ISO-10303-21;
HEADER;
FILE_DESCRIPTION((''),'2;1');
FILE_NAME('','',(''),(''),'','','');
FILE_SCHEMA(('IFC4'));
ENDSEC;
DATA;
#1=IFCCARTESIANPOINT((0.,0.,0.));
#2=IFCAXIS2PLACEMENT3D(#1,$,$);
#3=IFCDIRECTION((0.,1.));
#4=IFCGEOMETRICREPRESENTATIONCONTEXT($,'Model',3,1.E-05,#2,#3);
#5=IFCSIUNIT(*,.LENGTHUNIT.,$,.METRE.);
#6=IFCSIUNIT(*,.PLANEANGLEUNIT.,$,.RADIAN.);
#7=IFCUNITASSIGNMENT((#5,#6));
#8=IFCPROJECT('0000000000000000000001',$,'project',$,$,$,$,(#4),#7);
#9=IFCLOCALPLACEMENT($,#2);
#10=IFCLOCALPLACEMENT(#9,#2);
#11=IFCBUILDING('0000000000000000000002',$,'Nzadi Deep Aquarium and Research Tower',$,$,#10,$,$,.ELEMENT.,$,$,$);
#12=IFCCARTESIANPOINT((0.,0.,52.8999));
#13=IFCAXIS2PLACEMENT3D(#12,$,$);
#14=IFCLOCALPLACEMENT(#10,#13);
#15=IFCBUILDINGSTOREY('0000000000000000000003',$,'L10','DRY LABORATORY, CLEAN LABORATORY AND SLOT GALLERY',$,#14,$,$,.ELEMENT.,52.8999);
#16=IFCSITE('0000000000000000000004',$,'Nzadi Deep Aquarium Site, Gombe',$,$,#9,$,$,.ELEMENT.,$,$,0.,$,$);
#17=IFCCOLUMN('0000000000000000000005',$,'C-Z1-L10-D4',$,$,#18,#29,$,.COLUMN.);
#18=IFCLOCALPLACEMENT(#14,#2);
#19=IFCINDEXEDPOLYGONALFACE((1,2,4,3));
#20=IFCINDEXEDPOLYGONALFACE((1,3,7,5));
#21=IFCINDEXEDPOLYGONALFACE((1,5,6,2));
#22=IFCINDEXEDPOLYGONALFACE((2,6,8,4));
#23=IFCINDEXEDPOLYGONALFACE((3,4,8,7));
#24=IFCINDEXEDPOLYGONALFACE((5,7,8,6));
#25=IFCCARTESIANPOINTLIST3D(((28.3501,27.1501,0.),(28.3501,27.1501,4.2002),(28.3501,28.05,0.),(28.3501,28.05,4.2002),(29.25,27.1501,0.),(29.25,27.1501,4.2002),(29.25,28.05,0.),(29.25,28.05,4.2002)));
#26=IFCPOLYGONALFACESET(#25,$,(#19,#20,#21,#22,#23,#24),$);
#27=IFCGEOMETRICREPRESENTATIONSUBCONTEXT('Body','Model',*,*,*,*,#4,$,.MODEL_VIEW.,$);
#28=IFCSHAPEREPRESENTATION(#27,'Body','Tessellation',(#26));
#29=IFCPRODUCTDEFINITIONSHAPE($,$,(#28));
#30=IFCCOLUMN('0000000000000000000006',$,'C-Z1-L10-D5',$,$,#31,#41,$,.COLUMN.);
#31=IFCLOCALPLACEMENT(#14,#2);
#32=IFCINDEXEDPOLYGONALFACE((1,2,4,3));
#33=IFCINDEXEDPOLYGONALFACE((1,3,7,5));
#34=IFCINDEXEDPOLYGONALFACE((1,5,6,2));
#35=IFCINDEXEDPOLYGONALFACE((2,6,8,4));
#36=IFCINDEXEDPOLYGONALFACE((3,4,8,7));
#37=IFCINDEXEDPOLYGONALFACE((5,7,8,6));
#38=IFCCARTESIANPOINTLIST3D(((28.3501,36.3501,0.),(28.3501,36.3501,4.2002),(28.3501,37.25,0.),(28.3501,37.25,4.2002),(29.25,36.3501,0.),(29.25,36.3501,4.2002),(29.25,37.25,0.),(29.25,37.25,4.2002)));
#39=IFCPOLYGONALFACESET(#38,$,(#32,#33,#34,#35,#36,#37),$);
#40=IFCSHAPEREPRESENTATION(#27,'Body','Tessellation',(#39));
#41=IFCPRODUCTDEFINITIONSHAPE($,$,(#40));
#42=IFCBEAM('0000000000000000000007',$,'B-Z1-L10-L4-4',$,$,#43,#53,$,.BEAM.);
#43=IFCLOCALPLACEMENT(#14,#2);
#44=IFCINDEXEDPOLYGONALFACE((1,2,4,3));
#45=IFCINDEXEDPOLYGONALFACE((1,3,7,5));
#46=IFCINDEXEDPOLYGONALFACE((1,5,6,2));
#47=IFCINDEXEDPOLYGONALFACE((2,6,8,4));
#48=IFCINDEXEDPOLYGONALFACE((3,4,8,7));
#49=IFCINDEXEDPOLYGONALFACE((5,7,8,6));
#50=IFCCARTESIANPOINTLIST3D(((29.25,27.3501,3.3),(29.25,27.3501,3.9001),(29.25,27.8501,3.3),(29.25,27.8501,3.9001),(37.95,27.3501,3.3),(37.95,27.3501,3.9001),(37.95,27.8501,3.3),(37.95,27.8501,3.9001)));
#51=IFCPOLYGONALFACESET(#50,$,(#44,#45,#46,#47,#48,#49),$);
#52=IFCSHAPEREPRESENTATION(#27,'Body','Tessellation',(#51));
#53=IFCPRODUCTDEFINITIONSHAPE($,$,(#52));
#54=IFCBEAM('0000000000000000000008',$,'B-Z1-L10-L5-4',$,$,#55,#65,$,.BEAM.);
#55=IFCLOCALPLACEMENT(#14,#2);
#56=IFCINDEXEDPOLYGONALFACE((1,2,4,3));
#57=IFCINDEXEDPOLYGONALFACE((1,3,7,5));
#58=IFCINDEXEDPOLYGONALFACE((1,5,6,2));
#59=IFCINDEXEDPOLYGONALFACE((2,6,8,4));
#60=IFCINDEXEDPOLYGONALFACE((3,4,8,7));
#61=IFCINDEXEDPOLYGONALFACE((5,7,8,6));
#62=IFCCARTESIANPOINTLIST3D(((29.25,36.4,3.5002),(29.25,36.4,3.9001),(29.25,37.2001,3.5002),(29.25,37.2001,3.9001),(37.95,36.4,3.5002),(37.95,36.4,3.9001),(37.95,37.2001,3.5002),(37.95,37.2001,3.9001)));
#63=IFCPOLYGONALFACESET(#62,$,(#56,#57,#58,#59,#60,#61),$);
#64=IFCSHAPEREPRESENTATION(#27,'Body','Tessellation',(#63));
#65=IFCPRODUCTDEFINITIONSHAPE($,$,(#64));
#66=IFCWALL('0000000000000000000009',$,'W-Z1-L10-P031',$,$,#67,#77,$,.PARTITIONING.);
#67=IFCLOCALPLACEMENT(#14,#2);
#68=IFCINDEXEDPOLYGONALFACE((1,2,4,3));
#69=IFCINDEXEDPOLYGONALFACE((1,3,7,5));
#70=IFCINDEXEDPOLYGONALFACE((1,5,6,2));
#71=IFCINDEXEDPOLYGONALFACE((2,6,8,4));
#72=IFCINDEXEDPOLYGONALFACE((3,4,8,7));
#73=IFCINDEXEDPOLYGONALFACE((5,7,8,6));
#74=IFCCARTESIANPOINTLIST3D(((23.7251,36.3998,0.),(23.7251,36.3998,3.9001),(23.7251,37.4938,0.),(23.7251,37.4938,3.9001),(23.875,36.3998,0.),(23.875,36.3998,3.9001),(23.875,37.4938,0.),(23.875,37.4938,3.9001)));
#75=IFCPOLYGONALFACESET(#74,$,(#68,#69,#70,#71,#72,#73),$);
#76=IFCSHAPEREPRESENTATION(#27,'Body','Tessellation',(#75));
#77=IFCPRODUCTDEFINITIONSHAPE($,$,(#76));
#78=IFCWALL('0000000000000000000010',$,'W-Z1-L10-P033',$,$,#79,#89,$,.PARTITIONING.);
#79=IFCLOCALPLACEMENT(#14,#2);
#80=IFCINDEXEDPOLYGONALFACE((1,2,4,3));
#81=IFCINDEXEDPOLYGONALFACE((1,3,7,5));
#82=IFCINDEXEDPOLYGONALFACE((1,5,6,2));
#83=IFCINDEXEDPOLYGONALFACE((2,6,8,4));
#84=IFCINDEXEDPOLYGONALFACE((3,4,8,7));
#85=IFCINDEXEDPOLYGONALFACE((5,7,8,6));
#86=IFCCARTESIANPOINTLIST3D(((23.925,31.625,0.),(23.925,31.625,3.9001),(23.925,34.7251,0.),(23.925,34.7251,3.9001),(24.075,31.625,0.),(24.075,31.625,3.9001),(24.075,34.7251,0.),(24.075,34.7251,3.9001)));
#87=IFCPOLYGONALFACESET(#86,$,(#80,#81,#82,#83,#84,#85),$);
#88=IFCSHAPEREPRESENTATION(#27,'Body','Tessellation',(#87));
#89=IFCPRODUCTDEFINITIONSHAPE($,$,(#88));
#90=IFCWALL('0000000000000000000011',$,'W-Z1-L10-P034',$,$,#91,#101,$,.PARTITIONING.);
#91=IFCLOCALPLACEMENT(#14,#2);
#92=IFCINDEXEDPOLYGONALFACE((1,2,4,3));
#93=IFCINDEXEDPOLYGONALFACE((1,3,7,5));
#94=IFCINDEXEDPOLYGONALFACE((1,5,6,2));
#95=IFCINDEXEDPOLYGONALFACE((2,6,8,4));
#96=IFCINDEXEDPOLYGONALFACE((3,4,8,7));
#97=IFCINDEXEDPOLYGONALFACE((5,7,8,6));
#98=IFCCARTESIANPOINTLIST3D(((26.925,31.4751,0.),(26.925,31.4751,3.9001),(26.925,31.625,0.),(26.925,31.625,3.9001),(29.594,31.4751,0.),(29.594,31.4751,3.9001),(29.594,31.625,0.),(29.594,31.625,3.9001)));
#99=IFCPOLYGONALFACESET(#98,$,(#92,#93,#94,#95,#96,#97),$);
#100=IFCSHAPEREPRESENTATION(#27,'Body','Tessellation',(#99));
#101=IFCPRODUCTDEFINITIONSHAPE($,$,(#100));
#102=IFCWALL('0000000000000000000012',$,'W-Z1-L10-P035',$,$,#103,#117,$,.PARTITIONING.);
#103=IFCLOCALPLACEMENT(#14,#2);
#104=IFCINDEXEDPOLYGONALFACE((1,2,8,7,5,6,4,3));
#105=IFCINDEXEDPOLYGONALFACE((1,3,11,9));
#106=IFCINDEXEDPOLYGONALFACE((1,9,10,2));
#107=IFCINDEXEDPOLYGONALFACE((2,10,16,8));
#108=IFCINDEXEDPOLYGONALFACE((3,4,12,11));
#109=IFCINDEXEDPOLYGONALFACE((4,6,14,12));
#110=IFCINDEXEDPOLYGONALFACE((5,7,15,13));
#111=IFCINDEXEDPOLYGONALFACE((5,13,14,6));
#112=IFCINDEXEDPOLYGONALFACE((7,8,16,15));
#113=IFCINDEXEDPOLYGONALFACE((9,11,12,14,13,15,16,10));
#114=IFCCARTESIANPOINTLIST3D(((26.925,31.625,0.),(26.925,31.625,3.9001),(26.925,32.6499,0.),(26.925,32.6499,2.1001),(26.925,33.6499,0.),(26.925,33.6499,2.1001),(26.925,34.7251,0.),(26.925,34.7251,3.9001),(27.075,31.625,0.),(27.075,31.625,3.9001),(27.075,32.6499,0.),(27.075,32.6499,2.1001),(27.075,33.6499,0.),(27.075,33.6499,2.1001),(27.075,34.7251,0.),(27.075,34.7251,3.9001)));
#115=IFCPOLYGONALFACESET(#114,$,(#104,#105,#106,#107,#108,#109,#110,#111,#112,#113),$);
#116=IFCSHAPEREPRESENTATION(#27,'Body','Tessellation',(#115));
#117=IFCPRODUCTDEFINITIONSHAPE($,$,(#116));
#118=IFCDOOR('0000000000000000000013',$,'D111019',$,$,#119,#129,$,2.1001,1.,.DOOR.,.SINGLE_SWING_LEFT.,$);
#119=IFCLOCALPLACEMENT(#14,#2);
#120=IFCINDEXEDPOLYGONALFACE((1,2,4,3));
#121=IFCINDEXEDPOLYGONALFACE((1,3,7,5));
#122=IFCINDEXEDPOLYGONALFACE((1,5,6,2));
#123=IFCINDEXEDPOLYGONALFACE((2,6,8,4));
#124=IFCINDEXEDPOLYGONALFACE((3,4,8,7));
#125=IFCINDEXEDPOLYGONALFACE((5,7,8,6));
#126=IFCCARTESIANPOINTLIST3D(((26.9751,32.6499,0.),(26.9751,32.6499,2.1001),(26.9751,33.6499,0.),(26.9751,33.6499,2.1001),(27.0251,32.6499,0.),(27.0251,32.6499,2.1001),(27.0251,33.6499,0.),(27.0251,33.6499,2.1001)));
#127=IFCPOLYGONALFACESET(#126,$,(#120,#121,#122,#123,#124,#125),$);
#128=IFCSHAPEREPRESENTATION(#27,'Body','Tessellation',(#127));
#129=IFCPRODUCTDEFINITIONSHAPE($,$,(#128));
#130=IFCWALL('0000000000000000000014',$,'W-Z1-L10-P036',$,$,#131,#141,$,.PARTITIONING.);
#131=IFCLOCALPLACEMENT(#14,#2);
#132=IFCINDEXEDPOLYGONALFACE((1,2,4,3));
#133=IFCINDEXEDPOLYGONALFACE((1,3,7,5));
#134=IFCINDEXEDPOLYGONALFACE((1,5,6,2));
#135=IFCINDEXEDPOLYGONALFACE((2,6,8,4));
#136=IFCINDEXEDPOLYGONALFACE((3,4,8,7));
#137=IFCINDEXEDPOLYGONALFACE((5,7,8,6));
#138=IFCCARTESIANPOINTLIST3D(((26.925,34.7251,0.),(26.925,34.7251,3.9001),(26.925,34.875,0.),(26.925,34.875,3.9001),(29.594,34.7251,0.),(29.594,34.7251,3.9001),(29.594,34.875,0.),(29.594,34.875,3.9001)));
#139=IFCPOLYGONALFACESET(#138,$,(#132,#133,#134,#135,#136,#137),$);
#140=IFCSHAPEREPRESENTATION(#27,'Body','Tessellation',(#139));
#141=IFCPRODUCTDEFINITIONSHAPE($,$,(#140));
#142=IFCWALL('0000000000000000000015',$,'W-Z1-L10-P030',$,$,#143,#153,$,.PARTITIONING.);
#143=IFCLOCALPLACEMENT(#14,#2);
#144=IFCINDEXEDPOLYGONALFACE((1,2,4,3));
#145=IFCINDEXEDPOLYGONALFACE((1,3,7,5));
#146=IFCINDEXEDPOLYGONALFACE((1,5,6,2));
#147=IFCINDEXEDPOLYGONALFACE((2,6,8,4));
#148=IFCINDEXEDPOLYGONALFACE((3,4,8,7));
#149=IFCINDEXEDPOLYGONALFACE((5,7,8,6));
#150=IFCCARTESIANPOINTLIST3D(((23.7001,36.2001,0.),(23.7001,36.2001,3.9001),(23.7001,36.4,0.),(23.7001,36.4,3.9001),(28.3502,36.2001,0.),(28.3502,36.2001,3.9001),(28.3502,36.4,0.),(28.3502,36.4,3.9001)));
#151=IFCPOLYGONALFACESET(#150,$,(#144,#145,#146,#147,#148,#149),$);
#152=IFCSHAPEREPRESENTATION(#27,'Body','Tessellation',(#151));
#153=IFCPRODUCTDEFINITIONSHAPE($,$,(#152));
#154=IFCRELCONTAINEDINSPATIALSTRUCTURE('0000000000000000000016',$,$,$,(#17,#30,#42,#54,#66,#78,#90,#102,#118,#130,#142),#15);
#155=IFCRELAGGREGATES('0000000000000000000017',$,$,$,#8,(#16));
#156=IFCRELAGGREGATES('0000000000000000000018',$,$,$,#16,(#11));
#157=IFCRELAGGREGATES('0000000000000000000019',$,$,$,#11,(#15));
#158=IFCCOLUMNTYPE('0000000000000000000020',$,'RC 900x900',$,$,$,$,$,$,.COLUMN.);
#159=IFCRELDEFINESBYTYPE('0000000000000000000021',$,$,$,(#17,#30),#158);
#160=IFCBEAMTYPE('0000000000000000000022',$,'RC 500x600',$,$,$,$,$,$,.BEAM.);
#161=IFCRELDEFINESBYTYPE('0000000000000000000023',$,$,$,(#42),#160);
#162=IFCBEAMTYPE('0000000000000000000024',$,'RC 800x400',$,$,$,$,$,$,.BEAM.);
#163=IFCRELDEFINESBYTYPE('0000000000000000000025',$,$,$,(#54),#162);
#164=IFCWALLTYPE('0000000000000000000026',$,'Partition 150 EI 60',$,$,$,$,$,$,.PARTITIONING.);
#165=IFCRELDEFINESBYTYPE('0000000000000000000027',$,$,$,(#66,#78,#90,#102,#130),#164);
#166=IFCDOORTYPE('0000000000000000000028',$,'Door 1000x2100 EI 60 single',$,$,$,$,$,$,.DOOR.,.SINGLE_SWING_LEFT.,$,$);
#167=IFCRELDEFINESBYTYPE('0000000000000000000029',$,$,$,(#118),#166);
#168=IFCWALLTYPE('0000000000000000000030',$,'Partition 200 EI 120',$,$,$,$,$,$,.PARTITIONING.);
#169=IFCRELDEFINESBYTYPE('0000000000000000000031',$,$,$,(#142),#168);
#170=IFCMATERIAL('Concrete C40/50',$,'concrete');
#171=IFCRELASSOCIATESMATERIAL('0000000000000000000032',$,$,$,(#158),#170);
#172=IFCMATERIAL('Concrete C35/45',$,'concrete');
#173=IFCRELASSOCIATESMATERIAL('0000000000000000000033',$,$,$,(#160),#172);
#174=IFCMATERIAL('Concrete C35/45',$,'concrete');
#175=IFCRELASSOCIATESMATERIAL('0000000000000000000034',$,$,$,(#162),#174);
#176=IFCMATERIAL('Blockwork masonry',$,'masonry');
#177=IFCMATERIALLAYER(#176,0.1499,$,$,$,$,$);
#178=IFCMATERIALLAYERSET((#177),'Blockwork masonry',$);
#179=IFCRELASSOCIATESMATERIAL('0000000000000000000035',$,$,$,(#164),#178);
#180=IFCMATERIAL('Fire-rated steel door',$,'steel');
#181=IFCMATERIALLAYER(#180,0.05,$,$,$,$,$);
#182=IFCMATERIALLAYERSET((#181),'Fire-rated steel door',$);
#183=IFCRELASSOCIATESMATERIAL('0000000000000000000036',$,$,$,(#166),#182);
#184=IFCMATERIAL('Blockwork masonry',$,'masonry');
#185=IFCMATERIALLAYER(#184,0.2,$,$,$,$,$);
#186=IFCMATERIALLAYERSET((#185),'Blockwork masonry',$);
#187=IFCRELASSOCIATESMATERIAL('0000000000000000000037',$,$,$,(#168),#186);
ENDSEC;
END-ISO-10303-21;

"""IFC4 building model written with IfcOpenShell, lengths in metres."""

from ifc_helpers import new_model, si_unit, direction, frame, frame_2d, origin, origin_2d, place, context, subcontext, project, spatial, rectangle, extrude, material, layer, layer_set, material_profile, profile_set, type_object, element, fill, save


model = new_model("IFC4")

# Units and contexts
model_context = context("Model", 3, precision=1e-05, world=origin(), true_north=direction((0.0, 1.0)))
body_context = subcontext(model_context, "Body", "Model", "MODEL_VIEW")
ifc_project = project(units=[si_unit("LENGTHUNIT", "METRE"), si_unit("PLANEANGLEUNIT", "RADIAN")], contexts=[model_context])

# Site, building, storey
site_placement = place(None, origin())
site = spatial("IfcSite", under=ifc_project, at=site_placement, Name="Nzadi Deep Aquarium Site, Gombe", CompositionType="ELEMENT", RefElevation=0.0)
building_placement = place(site_placement, origin())
building = spatial("IfcBuilding", under=site, at=building_placement, Name="Nzadi Deep Aquarium and Research Tower", CompositionType="ELEMENT")
storey_placement = place(building_placement, frame((0.0, 0.0, 52.8999)))
storey = spatial("IfcBuildingStorey", under=building, at=storey_placement, Name="L10", Description="DRY LABORATORY, CLEAN LABORATORY AND SLOT GALLERY", CompositionType="ELEMENT", Elevation=52.8999)

# Columns
ifc_material_1 = material(Name="Concrete C40/50", Category="concrete")
ifc_material_profile_1 = material_profile(ifc_material_1, rectangle(XDim=0.8999, YDim=0.8999, at=origin_2d()))
ifc_profile_set_1 = profile_set([ifc_material_profile_1], Name="Concrete C40/50")
column_type = type_object("IfcColumnType", Name="RC 900x900", PredefinedType="COLUMN", material=ifc_profile_set_1)
for number, where, z_axis, x_axis, name in (
    (1, (28.8, 27.6001, 0.0), (0.0, 0.0, 1.0), (1.0, 0.0, 0.0), "C-Z1-L10-D4"),
    (2, (28.8, 36.8, 0.0), (0.0, 0.0, 1.0), (1.0, 0.0, 0.0), "C-Z1-L10-D5"),
):
    element("IfcColumn", number, at=place(storey_placement, frame(where, z_axis=z_axis, x_axis=x_axis)), inside=storey, type_object=column_type, Name=name, PredefinedType="COLUMN", context=body_context, shape_type="SweptSolid", body=[
        extrude(rectangle(XDim=0.8999, YDim=0.8999, at=origin_2d()), origin(), (0.0, 0.0, 1.0), 4.2002),
    ])

# Beams
ifc_material_2 = material(Name="Concrete C35/45", Category="concrete")
ifc_material_profile_2 = material_profile(ifc_material_2, rectangle(XDim=0.5, YDim=0.6001, at=origin_2d()))
ifc_profile_set_2 = profile_set([ifc_material_profile_2], Name="Concrete C35/45")
beam_type_1 = type_object("IfcBeamType", Name="RC 500x600", PredefinedType="BEAM", material=ifc_profile_set_2)
beam_1_placement = place(storey_placement, frame((29.25, 27.6001, 3.6001), z_axis=(1.0, 0.0, 0.0), x_axis=(0.0, 1.0, 0.0)))
element("IfcBeam", 3, at=beam_1_placement, inside=storey, type_object=beam_type_1, Name="B-Z1-L10-L4-4", PredefinedType="BEAM", context=body_context, shape_type="SweptSolid", body=[
    extrude(rectangle(XDim=0.5, YDim=0.6001, at=origin_2d()), origin(), (0.0, 0.0, 1.0), 8.7),
])
ifc_material_3 = material(Name="Concrete C35/45", Category="concrete")
ifc_material_profile_3 = material_profile(ifc_material_3, rectangle(XDim=0.8, YDim=0.3999, at=origin_2d()))
ifc_profile_set_3 = profile_set([ifc_material_profile_3], Name="Concrete C35/45")
beam_type_2 = type_object("IfcBeamType", Name="RC 800x400", PredefinedType="BEAM", material=ifc_profile_set_3)
beam_2_placement = place(storey_placement, frame((29.25, 36.8, 3.7002), z_axis=(1.0, 0.0, 0.0), x_axis=(0.0, 1.0, 0.0)))
element("IfcBeam", 4, at=beam_2_placement, inside=storey, type_object=beam_type_2, Name="B-Z1-L10-L5-4", PredefinedType="BEAM", context=body_context, shape_type="SweptSolid", body=[
    extrude(rectangle(XDim=0.8, YDim=0.3999, at=origin_2d()), origin(), (0.0, 0.0, 1.0), 8.7),
])

# Walls
ifc_material_4 = material(Name="Blockwork masonry", Category="masonry")
ifc_layer_1 = layer(ifc_material_4, 0.1499)
ifc_layer_set_1 = layer_set([ifc_layer_1], Name="Blockwork masonry")
wall_type_1 = type_object("IfcWallType", Name="Partition 150 EI 60", PredefinedType="PARTITIONING", material=ifc_layer_set_1)
wall_1_placement = place(storey_placement, frame((23.8, 36.3999, 0.0), z_axis=(0.0, 0.0, 1.0), x_axis=(0.0, 1.0, 0.0)))
element("IfcWall", 5, at=wall_1_placement, inside=storey, type_object=wall_type_1, Name="W-Z1-L10-P031", PredefinedType="PARTITIONING", context=body_context, shape_type="SweptSolid", body=[
    extrude(rectangle(XDim=1.094, YDim=0.1499, at=frame_2d((0.5469, 0.0))), origin(), (0.0, 0.0, 1.0), 3.9001),
])
wall_2_placement = place(storey_placement, frame((24.0, 31.625, 0.0), z_axis=(0.0, 0.0, 1.0), x_axis=(0.0, 1.0, 0.0)))
element("IfcWall", 6, at=wall_2_placement, inside=storey, type_object=wall_type_1, Name="W-Z1-L10-P033", PredefinedType="PARTITIONING", context=body_context, shape_type="SweptSolid", body=[
    extrude(rectangle(XDim=3.1001, YDim=0.1499, at=frame_2d((1.55, 0.0))), origin(), (0.0, 0.0, 1.0), 3.9001),
])
wall_3_placement = place(storey_placement, frame((26.925, 31.55, 0.0), z_axis=(0.0, 0.0, 1.0), x_axis=(1.0, 0.0, 0.0)))
element("IfcWall", 7, at=wall_3_placement, inside=storey, type_object=wall_type_1, Name="W-Z1-L10-P034", PredefinedType="PARTITIONING", context=body_context, shape_type="SweptSolid", body=[
    extrude(rectangle(XDim=2.6689, YDim=0.1499, at=frame_2d((1.3345, 0.0))), origin(), (0.0, 0.0, 1.0), 3.9001),
])

# Wall, opening, door
wall_4_placement = place(storey_placement, frame((27.0, 31.625, 0.0), z_axis=(0.0, 0.0, 1.0), x_axis=(0.0, 1.0, 0.0)))
wall_4 = element("IfcWall", 8, at=wall_4_placement, inside=storey, type_object=wall_type_1, Name="W-Z1-L10-P035", PredefinedType="PARTITIONING", context=body_context, shape_type="SweptSolid", body=[
    extrude(rectangle(XDim=3.1001, YDim=0.1499, at=frame_2d((1.55, 0.0))), origin(), (0.0, 0.0, 1.0), 3.9001),
])
opening_1_placement = place(wall_4_placement, frame((1.0249, 0.0, 0.0)))
opening_1 = element("IfcOpeningElement", 9, at=opening_1_placement, cuts=wall_4, PredefinedType="OPENING", context=body_context, shape_type="SweptSolid", body=[
    extrude(rectangle(XDim=1.0, YDim=2.1001, at=frame_2d((0.5, 1.05))), frame((0.0, 0.085, 0.0), z_axis=(0.0, -1.0, 0.0), x_axis=(1.0, 0.0, 0.0)), (0.0, 0.0, 1.0), 0.1699),
])
ifc_material_5 = material(Name="Fire-rated steel door", Category="steel")
ifc_layer_2 = layer(ifc_material_5, 0.05)
ifc_layer_set_2 = layer_set([ifc_layer_2], Name="Fire-rated steel door")
door_type_1 = type_object("IfcDoorType", Name="Door 1000x2100 EI 60 single", OperationType="SINGLE_SWING_LEFT", PredefinedType="DOOR", material=ifc_layer_set_2)
door_1_placement = place(opening_1_placement, origin())
door_1 = element("IfcDoor", 10, at=door_1_placement, inside=storey, type_object=door_type_1, Name="D111019", OperationType="SINGLE_SWING_LEFT", OverallHeight=2.1001, OverallWidth=1.0, PredefinedType="DOOR", context=body_context, shape_type="SweptSolid", body=[
    extrude(rectangle(XDim=1.0, YDim=2.1001, at=frame_2d((0.5, 1.05))), frame((0.0, 0.0249, 0.0), z_axis=(0.0, -1.0, 0.0), x_axis=(1.0, 0.0, 0.0)), (0.0, 0.0, 1.0), 0.05),
])
fill(opening_1, door_1)

# Walls
wall_5_placement = place(storey_placement, frame((26.925, 34.8, 0.0), z_axis=(0.0, 0.0, 1.0), x_axis=(1.0, 0.0, 0.0)))
element("IfcWall", 11, at=wall_5_placement, inside=storey, type_object=wall_type_1, Name="W-Z1-L10-P036", PredefinedType="PARTITIONING", context=body_context, shape_type="SweptSolid", body=[
    extrude(rectangle(XDim=2.6689, YDim=0.1499, at=frame_2d((1.3345, 0.0))), origin(), (0.0, 0.0, 1.0), 3.9001),
])
ifc_material_6 = material(Name="Blockwork masonry", Category="masonry")
ifc_layer_3 = layer(ifc_material_6, 0.2)
ifc_layer_set_3 = layer_set([ifc_layer_3], Name="Blockwork masonry")
wall_type_2 = type_object("IfcWallType", Name="Partition 200 EI 120", PredefinedType="PARTITIONING", material=ifc_layer_set_3)
wall_6_placement = place(storey_placement, frame((23.7, 36.3, 0.0), z_axis=(0.0, 0.0, 1.0), x_axis=(1.0, 0.0, 0.0)))
element("IfcWall", 12, at=wall_6_placement, inside=storey, type_object=wall_type_2, Name="W-Z1-L10-P030", PredefinedType="PARTITIONING", context=body_context, shape_type="SweptSolid", body=[
    extrude(rectangle(XDim=4.6501, YDim=0.2, at=frame_2d((2.3252, 0.0))), origin(), (0.0, 0.0, 1.0), 3.9001),
])

save(model, "model.ifc")
